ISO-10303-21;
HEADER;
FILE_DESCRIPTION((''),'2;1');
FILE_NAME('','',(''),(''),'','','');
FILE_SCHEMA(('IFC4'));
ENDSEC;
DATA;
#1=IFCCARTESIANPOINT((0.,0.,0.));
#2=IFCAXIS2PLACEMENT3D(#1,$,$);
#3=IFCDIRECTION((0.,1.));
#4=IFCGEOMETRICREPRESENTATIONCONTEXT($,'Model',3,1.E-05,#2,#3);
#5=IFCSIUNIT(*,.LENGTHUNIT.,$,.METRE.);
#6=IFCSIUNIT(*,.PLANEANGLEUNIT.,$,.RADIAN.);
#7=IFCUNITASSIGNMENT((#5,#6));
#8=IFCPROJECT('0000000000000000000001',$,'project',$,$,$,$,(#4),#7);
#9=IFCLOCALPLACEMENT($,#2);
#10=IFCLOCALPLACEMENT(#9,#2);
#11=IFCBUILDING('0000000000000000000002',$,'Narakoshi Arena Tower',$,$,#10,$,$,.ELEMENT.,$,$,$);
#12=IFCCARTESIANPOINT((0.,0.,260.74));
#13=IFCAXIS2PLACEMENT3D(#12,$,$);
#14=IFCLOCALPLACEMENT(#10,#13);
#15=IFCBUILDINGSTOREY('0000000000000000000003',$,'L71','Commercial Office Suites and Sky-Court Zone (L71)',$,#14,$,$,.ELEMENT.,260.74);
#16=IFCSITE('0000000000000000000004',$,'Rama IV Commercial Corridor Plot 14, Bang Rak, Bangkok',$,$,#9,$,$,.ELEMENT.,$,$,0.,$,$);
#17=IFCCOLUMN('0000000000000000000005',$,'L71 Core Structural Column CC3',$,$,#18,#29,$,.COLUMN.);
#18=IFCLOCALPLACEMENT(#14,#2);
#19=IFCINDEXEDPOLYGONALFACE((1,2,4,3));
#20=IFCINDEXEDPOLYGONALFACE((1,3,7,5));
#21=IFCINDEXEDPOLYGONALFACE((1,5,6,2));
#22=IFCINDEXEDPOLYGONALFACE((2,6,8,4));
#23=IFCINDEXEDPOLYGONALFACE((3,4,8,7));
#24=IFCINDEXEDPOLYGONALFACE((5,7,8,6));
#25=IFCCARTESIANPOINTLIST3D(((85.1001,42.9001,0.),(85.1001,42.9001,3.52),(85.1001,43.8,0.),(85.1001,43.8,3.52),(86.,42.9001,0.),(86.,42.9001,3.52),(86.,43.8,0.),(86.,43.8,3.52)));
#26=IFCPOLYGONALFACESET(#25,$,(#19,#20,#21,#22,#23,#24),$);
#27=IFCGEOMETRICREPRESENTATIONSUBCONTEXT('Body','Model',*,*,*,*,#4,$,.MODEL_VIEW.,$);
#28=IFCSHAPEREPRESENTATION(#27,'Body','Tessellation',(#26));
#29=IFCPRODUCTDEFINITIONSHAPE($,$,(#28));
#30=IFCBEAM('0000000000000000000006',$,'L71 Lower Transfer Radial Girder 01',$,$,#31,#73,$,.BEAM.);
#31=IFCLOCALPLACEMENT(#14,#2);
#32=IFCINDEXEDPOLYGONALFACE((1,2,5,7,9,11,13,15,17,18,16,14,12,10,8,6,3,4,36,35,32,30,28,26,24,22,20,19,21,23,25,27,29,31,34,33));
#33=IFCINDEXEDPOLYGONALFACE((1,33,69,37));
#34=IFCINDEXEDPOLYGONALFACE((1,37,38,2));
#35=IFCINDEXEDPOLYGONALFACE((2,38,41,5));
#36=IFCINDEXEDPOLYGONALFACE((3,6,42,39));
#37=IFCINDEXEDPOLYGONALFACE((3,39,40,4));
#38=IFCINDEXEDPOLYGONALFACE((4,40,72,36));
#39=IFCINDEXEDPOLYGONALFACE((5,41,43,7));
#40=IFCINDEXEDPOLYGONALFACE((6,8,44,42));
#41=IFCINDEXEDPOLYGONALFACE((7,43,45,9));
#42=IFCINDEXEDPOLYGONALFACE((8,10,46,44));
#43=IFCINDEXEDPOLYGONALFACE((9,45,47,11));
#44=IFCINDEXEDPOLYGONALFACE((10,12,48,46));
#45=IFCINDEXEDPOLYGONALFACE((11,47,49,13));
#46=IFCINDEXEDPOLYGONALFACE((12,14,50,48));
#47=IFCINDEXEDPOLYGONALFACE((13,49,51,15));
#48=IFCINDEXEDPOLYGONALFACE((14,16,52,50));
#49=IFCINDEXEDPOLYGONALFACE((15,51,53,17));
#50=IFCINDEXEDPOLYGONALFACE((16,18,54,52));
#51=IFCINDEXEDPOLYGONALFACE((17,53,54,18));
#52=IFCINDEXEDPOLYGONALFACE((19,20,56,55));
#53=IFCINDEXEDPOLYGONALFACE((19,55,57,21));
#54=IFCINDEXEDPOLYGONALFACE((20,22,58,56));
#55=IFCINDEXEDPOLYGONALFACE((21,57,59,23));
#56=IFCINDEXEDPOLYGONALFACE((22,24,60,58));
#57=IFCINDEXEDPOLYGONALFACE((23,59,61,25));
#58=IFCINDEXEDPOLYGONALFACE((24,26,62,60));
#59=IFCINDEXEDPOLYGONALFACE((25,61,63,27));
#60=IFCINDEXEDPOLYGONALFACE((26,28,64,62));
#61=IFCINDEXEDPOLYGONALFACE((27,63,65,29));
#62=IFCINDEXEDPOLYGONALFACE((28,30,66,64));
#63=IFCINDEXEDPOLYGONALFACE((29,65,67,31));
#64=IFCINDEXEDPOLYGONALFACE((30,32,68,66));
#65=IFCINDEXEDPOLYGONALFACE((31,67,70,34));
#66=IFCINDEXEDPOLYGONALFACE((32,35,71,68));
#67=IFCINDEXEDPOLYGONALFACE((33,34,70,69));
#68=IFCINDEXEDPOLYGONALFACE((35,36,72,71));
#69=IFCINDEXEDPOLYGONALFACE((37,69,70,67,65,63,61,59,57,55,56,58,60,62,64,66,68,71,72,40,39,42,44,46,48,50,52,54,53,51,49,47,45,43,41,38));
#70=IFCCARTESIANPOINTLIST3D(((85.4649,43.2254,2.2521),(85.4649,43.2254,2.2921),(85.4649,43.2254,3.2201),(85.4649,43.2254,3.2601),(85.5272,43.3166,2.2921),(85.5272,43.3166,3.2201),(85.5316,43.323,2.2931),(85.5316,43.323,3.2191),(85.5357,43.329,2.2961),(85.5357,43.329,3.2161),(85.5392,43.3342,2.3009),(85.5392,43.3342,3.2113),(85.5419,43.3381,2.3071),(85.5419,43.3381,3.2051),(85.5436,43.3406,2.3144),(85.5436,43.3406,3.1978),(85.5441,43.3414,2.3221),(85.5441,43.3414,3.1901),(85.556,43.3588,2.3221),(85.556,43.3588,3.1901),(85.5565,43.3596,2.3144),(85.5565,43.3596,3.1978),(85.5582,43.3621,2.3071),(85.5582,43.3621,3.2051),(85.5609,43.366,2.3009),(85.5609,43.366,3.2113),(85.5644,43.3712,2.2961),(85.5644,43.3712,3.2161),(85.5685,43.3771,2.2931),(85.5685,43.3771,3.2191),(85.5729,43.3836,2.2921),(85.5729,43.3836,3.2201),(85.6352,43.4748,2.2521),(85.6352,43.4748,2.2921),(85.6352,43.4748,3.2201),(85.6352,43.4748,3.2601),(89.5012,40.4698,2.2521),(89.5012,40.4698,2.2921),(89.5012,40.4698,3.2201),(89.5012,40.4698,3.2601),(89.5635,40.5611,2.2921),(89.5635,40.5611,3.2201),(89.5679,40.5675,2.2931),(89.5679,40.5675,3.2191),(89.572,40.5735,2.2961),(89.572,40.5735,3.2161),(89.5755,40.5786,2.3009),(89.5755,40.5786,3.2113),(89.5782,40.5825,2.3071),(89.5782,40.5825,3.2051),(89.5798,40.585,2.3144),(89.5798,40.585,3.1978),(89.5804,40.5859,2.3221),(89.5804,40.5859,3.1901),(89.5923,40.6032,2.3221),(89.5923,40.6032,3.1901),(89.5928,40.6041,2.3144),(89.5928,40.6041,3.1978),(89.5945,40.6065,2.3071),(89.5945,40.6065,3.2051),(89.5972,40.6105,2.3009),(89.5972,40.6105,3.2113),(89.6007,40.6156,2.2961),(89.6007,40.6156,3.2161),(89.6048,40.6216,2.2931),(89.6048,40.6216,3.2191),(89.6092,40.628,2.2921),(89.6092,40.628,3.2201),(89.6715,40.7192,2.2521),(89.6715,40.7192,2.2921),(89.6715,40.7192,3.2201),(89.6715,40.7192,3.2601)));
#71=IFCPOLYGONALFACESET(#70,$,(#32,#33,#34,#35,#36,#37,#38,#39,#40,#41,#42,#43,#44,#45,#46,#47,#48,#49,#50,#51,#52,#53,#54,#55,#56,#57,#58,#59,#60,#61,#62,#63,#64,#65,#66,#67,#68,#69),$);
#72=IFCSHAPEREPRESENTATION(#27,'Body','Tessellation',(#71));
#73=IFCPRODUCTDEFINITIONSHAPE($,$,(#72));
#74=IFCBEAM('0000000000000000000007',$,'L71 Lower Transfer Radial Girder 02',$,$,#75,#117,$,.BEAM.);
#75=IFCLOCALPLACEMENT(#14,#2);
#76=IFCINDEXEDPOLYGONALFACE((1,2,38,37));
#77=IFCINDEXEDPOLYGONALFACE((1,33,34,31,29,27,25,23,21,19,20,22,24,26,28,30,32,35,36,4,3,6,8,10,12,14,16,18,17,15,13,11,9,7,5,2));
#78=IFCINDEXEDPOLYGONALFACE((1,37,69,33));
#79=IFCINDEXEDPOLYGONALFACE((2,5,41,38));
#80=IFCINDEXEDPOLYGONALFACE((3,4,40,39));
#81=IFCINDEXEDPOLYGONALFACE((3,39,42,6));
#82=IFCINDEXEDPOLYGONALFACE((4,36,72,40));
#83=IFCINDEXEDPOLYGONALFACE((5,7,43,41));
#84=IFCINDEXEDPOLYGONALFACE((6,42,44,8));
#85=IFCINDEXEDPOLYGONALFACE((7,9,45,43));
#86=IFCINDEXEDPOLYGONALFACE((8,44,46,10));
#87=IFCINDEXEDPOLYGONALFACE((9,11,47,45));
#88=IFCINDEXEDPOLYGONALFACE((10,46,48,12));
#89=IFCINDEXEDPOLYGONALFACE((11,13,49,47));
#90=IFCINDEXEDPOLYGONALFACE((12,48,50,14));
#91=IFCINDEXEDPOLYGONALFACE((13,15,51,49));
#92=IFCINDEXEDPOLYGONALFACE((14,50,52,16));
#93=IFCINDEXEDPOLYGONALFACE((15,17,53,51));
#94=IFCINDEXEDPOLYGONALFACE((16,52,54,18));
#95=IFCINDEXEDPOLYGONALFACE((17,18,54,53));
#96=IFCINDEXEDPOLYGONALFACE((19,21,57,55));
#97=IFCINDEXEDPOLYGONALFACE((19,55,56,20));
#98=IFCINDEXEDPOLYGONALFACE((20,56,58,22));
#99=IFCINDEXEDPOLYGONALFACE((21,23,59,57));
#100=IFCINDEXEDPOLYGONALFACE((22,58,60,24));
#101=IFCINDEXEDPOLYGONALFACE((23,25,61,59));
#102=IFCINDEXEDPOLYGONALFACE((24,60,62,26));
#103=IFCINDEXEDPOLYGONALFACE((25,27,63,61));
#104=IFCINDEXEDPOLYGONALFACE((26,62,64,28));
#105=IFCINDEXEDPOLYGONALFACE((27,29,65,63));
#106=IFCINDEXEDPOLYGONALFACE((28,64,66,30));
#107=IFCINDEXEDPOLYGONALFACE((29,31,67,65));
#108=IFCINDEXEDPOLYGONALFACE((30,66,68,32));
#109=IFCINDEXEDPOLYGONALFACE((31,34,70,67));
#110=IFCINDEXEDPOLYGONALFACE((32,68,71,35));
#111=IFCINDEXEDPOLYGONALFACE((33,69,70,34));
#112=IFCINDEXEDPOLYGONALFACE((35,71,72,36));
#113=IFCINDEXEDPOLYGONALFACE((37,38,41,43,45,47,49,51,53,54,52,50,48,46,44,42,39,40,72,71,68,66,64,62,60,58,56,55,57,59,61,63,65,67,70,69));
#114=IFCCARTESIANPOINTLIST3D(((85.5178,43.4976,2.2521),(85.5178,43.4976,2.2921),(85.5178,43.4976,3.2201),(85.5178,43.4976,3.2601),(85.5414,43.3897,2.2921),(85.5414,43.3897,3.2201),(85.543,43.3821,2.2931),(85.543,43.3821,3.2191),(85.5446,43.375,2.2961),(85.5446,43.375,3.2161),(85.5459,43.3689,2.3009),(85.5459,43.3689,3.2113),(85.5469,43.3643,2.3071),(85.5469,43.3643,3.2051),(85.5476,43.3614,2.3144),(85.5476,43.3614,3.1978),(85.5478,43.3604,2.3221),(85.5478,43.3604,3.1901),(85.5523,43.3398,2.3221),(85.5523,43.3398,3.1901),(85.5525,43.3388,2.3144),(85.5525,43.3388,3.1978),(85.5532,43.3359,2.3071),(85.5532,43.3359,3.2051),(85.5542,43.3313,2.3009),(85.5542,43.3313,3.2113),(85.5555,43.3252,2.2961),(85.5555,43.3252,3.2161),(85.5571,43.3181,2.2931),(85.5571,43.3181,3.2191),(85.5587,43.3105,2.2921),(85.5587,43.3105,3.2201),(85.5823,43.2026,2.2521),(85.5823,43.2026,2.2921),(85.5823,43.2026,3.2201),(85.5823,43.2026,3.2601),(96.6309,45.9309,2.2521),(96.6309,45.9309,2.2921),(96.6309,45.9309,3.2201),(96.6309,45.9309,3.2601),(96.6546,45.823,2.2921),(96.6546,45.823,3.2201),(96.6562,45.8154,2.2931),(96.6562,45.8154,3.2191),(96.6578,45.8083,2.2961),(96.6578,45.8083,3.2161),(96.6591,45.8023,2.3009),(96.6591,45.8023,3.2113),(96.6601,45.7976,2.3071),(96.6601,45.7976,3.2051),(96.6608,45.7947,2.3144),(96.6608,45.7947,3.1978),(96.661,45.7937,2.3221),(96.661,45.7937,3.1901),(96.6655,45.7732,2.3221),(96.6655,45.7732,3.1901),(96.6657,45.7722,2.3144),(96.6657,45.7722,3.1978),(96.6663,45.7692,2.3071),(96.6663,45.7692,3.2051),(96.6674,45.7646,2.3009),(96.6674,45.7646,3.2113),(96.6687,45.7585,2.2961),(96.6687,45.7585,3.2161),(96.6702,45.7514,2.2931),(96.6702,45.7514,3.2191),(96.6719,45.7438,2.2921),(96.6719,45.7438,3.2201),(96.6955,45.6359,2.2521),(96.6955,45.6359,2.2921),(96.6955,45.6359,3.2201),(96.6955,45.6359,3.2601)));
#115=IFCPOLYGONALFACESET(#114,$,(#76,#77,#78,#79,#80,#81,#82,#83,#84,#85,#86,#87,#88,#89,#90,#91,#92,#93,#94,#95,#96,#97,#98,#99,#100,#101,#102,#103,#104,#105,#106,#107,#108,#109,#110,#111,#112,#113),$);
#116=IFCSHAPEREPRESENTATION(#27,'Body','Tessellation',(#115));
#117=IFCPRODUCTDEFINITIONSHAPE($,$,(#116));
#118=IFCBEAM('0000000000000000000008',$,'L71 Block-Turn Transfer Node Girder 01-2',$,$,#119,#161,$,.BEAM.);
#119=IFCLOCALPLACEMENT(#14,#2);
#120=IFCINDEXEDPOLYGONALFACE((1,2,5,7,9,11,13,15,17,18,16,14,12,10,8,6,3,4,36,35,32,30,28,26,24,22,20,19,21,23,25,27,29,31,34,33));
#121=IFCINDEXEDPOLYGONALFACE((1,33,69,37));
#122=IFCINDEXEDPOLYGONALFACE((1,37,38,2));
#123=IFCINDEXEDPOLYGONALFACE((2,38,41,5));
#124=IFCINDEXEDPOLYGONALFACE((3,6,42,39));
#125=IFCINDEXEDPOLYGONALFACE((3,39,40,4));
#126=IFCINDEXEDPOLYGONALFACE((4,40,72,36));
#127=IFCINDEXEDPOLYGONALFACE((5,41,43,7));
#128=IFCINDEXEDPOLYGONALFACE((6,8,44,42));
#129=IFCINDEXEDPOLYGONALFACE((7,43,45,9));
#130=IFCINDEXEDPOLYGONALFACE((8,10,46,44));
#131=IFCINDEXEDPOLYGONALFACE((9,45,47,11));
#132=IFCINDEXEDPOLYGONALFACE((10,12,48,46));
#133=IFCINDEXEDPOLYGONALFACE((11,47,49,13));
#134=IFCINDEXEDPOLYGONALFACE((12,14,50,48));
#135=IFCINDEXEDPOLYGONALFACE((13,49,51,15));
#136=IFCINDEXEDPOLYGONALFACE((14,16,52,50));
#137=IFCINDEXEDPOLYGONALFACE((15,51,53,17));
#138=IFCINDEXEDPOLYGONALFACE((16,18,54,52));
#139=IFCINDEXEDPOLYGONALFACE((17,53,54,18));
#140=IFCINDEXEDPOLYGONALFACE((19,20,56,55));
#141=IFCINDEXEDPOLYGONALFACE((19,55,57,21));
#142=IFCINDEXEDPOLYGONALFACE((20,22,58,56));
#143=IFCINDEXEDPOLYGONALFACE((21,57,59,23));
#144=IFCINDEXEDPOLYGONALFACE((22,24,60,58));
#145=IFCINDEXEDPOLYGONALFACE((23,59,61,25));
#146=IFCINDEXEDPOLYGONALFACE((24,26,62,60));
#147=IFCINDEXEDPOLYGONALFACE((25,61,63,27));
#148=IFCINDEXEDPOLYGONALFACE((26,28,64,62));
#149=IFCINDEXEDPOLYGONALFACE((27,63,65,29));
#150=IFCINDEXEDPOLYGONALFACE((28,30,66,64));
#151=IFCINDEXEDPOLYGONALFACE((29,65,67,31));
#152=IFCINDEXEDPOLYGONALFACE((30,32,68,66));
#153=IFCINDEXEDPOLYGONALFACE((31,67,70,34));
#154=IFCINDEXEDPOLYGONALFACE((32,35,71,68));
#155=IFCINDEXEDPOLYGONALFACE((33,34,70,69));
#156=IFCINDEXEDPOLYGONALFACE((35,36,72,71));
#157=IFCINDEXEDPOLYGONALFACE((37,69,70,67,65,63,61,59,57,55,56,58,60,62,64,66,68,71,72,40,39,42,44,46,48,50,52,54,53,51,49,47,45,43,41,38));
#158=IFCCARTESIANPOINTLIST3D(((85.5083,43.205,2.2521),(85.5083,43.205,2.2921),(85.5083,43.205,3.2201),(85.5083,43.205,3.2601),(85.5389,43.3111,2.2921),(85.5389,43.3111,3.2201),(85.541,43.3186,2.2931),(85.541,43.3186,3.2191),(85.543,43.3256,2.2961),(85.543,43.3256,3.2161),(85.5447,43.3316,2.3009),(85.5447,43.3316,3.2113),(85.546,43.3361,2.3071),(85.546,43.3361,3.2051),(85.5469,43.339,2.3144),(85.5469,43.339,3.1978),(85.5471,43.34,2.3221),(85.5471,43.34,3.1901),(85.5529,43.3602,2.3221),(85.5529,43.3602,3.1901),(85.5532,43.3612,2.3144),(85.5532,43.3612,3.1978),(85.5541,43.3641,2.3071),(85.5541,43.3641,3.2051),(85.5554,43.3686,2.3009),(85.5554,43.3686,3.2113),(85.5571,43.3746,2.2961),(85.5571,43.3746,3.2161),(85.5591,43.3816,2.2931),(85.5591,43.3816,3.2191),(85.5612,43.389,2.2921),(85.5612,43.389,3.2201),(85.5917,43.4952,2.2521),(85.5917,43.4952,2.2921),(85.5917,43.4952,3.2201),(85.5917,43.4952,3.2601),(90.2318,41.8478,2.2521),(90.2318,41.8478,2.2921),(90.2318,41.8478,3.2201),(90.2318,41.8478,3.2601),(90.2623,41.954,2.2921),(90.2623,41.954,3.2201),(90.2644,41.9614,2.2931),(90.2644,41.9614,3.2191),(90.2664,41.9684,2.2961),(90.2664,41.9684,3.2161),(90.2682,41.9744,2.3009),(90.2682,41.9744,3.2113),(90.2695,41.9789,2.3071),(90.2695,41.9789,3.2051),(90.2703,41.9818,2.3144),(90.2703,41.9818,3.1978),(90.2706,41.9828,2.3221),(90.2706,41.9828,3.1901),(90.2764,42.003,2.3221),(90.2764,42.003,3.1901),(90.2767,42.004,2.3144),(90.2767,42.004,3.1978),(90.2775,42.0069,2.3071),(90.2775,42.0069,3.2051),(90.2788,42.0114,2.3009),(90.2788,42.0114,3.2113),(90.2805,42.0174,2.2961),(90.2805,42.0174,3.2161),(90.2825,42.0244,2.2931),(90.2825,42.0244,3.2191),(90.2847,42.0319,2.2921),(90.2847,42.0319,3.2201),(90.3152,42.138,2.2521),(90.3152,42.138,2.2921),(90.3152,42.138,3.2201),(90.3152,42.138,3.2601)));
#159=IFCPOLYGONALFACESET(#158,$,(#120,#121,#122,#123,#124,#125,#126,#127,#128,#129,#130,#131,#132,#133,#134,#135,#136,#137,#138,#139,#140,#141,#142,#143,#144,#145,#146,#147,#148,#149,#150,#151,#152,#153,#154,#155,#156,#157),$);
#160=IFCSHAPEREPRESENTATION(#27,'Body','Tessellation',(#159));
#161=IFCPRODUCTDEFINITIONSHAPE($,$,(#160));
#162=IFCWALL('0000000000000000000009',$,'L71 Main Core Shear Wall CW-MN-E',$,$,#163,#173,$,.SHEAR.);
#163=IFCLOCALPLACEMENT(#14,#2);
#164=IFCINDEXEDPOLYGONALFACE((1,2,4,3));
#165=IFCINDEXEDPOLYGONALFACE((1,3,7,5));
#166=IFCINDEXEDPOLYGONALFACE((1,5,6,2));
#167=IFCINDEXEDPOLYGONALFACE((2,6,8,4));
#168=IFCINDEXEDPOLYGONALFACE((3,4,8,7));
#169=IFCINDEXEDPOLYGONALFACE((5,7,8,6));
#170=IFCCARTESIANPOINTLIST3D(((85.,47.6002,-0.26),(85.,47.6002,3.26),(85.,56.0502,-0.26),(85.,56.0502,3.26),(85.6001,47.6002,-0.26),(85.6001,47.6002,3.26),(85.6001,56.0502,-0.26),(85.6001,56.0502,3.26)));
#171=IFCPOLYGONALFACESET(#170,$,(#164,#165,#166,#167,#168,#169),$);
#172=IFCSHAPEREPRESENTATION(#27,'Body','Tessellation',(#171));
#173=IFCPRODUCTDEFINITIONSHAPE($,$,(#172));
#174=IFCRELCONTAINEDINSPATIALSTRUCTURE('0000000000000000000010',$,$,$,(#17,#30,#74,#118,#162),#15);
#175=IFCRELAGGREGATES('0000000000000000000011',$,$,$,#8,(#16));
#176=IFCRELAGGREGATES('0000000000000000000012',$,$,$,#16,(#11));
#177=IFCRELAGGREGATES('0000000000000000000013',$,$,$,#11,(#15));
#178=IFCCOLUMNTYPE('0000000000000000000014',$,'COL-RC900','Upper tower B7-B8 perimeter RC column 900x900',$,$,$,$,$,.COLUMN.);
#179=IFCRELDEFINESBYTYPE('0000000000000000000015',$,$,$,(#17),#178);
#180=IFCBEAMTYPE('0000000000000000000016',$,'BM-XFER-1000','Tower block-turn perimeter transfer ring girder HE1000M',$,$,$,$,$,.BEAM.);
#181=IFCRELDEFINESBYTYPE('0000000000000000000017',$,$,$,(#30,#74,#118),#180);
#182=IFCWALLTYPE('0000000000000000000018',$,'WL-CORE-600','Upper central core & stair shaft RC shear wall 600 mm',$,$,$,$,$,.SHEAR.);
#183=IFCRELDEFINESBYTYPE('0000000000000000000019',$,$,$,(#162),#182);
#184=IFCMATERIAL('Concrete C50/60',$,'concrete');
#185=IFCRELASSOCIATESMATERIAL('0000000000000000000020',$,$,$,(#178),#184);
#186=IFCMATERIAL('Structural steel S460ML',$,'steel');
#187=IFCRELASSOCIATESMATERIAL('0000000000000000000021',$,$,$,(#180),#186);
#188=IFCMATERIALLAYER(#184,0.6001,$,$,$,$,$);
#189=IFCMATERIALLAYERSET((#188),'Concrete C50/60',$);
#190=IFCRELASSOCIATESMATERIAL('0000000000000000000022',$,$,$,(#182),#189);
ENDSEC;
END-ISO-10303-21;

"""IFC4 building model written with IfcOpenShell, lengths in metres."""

from ifc_helpers import new_model, si_unit, direction, frame, frame_2d, origin, origin_2d, place, context, subcontext, project, spatial, rectangle, i_section, extrude, material, layer, layer_set, material_profile, profile_set, type_object, element, save


model = new_model("IFC4")

# Units and contexts
model_context = context("Model", 3, precision=1e-05, world=origin(), true_north=direction((0.0, 1.0)))
body_context = subcontext(model_context, "Body", "Model", "MODEL_VIEW")
ifc_project = project(units=[si_unit("LENGTHUNIT", "METRE"), si_unit("PLANEANGLEUNIT", "RADIAN")], contexts=[model_context])

# Site, building, storey
site_placement = place(None, origin())
site = spatial("IfcSite", under=ifc_project, at=site_placement, Name="Rama IV Commercial Corridor Plot 14, Bang Rak, Bangkok", CompositionType="ELEMENT", RefElevation=0.0)
building_placement = place(site_placement, origin())
building = spatial("IfcBuilding", under=site, at=building_placement, Name="Narakoshi Arena Tower", CompositionType="ELEMENT")
storey_placement = place(building_placement, frame((0.0, 0.0, 260.74)))
storey = spatial("IfcBuildingStorey", under=building, at=storey_placement, Name="L71", Description="Commercial Office Suites and Sky-Court Zone (L71)", CompositionType="ELEMENT", Elevation=260.74)

# Column
ifc_material_1 = material(Name="Concrete C50/60", Category="concrete")
ifc_material_profile_1 = material_profile(ifc_material_1, rectangle(XDim=0.8999, YDim=0.8999, at=origin_2d()), Name="RC900x900")
ifc_profile_set_1 = profile_set([ifc_material_profile_1], Name="Concrete C50/60")
column_type = type_object("IfcColumnType", Name="COL-RC900", Description="Upper tower B7-B8 perimeter RC column 900x900", PredefinedType="COLUMN", material=ifc_profile_set_1)
column_placement = place(storey_placement, frame((85.55, 43.3501, 0.0), z_axis=(0.0, 0.0, 1.0), x_axis=(1.0, 0.0, 0.0)))
element("IfcColumn", 1, at=column_placement, inside=storey, type_object=column_type, Name="L71 Core Structural Column CC3", PredefinedType="COLUMN", context=body_context, shape_type="SweptSolid", body=[
    extrude(rectangle(XDim=0.8999, YDim=0.8999, at=origin_2d()), origin(), (0.0, 0.0, 1.0), 3.52),
])

# Beams
ifc_material_2 = material(Name="Structural steel S460ML", Category="steel")
ifc_material_profile_2 = material_profile(ifc_material_2, i_section(OverallWidth=0.302, OverallDepth=1.0081, WebThickness=0.021, FlangeThickness=0.04, FilletRadius=0.03, at=origin_2d()), Name="HE1000M")
ifc_profile_set_2 = profile_set([ifc_material_profile_2], Name="Structural steel S460ML")
beam_type = type_object("IfcBeamType", Name="BM-XFER-1000", Description="Tower block-turn perimeter transfer ring girder HE1000M", PredefinedType="BEAM", material=ifc_profile_set_2)
beam_1_placement = place(storey_placement, frame((85.55, 43.3501, 2.7561), z_axis=(0.82589, -0.563831, 0.0), x_axis=(0.563831, 0.82589, 0.0)))
element("IfcBeam", 2, at=beam_1_placement, inside=storey, type_object=beam_type, Name="L71 Lower Transfer Radial Girder 01", PredefinedType="BEAM", context=body_context, shape_type="SweptSolid", body=[
    extrude(i_section(OverallWidth=0.302, OverallDepth=1.0081, WebThickness=0.021, FlangeThickness=0.04, FilletRadius=0.03, at=origin_2d()), origin(), (0.0, 0.0, 1.0), 4.8872),
])
beam_2_placement = place(storey_placement, frame((85.55, 43.3501, 2.7561), z_axis=(0.976857, 0.213891, 0.0), x_axis=(-0.213891, 0.976857, 0.0)))
element("IfcBeam", 3, at=beam_2_placement, inside=storey, type_object=beam_type, Name="L71 Lower Transfer Radial Girder 02", PredefinedType="BEAM", context=body_context, shape_type="SweptSolid", body=[
    extrude(i_section(OverallWidth=0.302, OverallDepth=1.0081, WebThickness=0.021, FlangeThickness=0.04, FilletRadius=0.03, at=origin_2d()), origin(), (0.0, 0.0, 1.0), 11.3765),
])
beam_3_placement = place(storey_placement, frame((85.55, 43.3501, 2.7561), z_axis=(0.961112, -0.276158, 0.0), x_axis=(0.276158, 0.961112, 0.0)))
element("IfcBeam", 4, at=beam_3_placement, inside=storey, type_object=beam_type, Name="L71 Block-Turn Transfer Node Girder 01-2", PredefinedType="BEAM", context=body_context, shape_type="SweptSolid", body=[
    extrude(i_section(OverallWidth=0.302, OverallDepth=1.0081, WebThickness=0.021, FlangeThickness=0.04, FilletRadius=0.03, at=origin_2d()), origin(), (0.0, 0.0, 1.0), 4.9146),
])

# Wall
ifc_layer_1 = layer(ifc_material_1, 0.6001)
ifc_layer_set_1 = layer_set([ifc_layer_1], Name="Concrete C50/60")
wall_type_1 = type_object("IfcWallType", Name="WL-CORE-600", Description="Upper central core & stair shaft RC shear wall 600 mm", PredefinedType="SHEAR", material=ifc_layer_set_1)
wall_1_placement = place(storey_placement, frame((85.3, 47.6001, -0.26), z_axis=(0.0, 0.0, 1.0), x_axis=(0.0, 1.0, 0.0)))
element("IfcWall", 5, at=wall_1_placement, inside=storey, type_object=wall_type_1, Name="L71 Main Core Shear Wall CW-MN-E", PredefinedType="SHEAR", context=body_context, shape_type="SweptSolid", body=[
    extrude(rectangle(XDim=8.45, YDim=0.6001, at=frame_2d((4.2251, 0.0))), origin(), (0.0, 0.0, 1.0), 3.52),
])

save(model, "model.ifc")
